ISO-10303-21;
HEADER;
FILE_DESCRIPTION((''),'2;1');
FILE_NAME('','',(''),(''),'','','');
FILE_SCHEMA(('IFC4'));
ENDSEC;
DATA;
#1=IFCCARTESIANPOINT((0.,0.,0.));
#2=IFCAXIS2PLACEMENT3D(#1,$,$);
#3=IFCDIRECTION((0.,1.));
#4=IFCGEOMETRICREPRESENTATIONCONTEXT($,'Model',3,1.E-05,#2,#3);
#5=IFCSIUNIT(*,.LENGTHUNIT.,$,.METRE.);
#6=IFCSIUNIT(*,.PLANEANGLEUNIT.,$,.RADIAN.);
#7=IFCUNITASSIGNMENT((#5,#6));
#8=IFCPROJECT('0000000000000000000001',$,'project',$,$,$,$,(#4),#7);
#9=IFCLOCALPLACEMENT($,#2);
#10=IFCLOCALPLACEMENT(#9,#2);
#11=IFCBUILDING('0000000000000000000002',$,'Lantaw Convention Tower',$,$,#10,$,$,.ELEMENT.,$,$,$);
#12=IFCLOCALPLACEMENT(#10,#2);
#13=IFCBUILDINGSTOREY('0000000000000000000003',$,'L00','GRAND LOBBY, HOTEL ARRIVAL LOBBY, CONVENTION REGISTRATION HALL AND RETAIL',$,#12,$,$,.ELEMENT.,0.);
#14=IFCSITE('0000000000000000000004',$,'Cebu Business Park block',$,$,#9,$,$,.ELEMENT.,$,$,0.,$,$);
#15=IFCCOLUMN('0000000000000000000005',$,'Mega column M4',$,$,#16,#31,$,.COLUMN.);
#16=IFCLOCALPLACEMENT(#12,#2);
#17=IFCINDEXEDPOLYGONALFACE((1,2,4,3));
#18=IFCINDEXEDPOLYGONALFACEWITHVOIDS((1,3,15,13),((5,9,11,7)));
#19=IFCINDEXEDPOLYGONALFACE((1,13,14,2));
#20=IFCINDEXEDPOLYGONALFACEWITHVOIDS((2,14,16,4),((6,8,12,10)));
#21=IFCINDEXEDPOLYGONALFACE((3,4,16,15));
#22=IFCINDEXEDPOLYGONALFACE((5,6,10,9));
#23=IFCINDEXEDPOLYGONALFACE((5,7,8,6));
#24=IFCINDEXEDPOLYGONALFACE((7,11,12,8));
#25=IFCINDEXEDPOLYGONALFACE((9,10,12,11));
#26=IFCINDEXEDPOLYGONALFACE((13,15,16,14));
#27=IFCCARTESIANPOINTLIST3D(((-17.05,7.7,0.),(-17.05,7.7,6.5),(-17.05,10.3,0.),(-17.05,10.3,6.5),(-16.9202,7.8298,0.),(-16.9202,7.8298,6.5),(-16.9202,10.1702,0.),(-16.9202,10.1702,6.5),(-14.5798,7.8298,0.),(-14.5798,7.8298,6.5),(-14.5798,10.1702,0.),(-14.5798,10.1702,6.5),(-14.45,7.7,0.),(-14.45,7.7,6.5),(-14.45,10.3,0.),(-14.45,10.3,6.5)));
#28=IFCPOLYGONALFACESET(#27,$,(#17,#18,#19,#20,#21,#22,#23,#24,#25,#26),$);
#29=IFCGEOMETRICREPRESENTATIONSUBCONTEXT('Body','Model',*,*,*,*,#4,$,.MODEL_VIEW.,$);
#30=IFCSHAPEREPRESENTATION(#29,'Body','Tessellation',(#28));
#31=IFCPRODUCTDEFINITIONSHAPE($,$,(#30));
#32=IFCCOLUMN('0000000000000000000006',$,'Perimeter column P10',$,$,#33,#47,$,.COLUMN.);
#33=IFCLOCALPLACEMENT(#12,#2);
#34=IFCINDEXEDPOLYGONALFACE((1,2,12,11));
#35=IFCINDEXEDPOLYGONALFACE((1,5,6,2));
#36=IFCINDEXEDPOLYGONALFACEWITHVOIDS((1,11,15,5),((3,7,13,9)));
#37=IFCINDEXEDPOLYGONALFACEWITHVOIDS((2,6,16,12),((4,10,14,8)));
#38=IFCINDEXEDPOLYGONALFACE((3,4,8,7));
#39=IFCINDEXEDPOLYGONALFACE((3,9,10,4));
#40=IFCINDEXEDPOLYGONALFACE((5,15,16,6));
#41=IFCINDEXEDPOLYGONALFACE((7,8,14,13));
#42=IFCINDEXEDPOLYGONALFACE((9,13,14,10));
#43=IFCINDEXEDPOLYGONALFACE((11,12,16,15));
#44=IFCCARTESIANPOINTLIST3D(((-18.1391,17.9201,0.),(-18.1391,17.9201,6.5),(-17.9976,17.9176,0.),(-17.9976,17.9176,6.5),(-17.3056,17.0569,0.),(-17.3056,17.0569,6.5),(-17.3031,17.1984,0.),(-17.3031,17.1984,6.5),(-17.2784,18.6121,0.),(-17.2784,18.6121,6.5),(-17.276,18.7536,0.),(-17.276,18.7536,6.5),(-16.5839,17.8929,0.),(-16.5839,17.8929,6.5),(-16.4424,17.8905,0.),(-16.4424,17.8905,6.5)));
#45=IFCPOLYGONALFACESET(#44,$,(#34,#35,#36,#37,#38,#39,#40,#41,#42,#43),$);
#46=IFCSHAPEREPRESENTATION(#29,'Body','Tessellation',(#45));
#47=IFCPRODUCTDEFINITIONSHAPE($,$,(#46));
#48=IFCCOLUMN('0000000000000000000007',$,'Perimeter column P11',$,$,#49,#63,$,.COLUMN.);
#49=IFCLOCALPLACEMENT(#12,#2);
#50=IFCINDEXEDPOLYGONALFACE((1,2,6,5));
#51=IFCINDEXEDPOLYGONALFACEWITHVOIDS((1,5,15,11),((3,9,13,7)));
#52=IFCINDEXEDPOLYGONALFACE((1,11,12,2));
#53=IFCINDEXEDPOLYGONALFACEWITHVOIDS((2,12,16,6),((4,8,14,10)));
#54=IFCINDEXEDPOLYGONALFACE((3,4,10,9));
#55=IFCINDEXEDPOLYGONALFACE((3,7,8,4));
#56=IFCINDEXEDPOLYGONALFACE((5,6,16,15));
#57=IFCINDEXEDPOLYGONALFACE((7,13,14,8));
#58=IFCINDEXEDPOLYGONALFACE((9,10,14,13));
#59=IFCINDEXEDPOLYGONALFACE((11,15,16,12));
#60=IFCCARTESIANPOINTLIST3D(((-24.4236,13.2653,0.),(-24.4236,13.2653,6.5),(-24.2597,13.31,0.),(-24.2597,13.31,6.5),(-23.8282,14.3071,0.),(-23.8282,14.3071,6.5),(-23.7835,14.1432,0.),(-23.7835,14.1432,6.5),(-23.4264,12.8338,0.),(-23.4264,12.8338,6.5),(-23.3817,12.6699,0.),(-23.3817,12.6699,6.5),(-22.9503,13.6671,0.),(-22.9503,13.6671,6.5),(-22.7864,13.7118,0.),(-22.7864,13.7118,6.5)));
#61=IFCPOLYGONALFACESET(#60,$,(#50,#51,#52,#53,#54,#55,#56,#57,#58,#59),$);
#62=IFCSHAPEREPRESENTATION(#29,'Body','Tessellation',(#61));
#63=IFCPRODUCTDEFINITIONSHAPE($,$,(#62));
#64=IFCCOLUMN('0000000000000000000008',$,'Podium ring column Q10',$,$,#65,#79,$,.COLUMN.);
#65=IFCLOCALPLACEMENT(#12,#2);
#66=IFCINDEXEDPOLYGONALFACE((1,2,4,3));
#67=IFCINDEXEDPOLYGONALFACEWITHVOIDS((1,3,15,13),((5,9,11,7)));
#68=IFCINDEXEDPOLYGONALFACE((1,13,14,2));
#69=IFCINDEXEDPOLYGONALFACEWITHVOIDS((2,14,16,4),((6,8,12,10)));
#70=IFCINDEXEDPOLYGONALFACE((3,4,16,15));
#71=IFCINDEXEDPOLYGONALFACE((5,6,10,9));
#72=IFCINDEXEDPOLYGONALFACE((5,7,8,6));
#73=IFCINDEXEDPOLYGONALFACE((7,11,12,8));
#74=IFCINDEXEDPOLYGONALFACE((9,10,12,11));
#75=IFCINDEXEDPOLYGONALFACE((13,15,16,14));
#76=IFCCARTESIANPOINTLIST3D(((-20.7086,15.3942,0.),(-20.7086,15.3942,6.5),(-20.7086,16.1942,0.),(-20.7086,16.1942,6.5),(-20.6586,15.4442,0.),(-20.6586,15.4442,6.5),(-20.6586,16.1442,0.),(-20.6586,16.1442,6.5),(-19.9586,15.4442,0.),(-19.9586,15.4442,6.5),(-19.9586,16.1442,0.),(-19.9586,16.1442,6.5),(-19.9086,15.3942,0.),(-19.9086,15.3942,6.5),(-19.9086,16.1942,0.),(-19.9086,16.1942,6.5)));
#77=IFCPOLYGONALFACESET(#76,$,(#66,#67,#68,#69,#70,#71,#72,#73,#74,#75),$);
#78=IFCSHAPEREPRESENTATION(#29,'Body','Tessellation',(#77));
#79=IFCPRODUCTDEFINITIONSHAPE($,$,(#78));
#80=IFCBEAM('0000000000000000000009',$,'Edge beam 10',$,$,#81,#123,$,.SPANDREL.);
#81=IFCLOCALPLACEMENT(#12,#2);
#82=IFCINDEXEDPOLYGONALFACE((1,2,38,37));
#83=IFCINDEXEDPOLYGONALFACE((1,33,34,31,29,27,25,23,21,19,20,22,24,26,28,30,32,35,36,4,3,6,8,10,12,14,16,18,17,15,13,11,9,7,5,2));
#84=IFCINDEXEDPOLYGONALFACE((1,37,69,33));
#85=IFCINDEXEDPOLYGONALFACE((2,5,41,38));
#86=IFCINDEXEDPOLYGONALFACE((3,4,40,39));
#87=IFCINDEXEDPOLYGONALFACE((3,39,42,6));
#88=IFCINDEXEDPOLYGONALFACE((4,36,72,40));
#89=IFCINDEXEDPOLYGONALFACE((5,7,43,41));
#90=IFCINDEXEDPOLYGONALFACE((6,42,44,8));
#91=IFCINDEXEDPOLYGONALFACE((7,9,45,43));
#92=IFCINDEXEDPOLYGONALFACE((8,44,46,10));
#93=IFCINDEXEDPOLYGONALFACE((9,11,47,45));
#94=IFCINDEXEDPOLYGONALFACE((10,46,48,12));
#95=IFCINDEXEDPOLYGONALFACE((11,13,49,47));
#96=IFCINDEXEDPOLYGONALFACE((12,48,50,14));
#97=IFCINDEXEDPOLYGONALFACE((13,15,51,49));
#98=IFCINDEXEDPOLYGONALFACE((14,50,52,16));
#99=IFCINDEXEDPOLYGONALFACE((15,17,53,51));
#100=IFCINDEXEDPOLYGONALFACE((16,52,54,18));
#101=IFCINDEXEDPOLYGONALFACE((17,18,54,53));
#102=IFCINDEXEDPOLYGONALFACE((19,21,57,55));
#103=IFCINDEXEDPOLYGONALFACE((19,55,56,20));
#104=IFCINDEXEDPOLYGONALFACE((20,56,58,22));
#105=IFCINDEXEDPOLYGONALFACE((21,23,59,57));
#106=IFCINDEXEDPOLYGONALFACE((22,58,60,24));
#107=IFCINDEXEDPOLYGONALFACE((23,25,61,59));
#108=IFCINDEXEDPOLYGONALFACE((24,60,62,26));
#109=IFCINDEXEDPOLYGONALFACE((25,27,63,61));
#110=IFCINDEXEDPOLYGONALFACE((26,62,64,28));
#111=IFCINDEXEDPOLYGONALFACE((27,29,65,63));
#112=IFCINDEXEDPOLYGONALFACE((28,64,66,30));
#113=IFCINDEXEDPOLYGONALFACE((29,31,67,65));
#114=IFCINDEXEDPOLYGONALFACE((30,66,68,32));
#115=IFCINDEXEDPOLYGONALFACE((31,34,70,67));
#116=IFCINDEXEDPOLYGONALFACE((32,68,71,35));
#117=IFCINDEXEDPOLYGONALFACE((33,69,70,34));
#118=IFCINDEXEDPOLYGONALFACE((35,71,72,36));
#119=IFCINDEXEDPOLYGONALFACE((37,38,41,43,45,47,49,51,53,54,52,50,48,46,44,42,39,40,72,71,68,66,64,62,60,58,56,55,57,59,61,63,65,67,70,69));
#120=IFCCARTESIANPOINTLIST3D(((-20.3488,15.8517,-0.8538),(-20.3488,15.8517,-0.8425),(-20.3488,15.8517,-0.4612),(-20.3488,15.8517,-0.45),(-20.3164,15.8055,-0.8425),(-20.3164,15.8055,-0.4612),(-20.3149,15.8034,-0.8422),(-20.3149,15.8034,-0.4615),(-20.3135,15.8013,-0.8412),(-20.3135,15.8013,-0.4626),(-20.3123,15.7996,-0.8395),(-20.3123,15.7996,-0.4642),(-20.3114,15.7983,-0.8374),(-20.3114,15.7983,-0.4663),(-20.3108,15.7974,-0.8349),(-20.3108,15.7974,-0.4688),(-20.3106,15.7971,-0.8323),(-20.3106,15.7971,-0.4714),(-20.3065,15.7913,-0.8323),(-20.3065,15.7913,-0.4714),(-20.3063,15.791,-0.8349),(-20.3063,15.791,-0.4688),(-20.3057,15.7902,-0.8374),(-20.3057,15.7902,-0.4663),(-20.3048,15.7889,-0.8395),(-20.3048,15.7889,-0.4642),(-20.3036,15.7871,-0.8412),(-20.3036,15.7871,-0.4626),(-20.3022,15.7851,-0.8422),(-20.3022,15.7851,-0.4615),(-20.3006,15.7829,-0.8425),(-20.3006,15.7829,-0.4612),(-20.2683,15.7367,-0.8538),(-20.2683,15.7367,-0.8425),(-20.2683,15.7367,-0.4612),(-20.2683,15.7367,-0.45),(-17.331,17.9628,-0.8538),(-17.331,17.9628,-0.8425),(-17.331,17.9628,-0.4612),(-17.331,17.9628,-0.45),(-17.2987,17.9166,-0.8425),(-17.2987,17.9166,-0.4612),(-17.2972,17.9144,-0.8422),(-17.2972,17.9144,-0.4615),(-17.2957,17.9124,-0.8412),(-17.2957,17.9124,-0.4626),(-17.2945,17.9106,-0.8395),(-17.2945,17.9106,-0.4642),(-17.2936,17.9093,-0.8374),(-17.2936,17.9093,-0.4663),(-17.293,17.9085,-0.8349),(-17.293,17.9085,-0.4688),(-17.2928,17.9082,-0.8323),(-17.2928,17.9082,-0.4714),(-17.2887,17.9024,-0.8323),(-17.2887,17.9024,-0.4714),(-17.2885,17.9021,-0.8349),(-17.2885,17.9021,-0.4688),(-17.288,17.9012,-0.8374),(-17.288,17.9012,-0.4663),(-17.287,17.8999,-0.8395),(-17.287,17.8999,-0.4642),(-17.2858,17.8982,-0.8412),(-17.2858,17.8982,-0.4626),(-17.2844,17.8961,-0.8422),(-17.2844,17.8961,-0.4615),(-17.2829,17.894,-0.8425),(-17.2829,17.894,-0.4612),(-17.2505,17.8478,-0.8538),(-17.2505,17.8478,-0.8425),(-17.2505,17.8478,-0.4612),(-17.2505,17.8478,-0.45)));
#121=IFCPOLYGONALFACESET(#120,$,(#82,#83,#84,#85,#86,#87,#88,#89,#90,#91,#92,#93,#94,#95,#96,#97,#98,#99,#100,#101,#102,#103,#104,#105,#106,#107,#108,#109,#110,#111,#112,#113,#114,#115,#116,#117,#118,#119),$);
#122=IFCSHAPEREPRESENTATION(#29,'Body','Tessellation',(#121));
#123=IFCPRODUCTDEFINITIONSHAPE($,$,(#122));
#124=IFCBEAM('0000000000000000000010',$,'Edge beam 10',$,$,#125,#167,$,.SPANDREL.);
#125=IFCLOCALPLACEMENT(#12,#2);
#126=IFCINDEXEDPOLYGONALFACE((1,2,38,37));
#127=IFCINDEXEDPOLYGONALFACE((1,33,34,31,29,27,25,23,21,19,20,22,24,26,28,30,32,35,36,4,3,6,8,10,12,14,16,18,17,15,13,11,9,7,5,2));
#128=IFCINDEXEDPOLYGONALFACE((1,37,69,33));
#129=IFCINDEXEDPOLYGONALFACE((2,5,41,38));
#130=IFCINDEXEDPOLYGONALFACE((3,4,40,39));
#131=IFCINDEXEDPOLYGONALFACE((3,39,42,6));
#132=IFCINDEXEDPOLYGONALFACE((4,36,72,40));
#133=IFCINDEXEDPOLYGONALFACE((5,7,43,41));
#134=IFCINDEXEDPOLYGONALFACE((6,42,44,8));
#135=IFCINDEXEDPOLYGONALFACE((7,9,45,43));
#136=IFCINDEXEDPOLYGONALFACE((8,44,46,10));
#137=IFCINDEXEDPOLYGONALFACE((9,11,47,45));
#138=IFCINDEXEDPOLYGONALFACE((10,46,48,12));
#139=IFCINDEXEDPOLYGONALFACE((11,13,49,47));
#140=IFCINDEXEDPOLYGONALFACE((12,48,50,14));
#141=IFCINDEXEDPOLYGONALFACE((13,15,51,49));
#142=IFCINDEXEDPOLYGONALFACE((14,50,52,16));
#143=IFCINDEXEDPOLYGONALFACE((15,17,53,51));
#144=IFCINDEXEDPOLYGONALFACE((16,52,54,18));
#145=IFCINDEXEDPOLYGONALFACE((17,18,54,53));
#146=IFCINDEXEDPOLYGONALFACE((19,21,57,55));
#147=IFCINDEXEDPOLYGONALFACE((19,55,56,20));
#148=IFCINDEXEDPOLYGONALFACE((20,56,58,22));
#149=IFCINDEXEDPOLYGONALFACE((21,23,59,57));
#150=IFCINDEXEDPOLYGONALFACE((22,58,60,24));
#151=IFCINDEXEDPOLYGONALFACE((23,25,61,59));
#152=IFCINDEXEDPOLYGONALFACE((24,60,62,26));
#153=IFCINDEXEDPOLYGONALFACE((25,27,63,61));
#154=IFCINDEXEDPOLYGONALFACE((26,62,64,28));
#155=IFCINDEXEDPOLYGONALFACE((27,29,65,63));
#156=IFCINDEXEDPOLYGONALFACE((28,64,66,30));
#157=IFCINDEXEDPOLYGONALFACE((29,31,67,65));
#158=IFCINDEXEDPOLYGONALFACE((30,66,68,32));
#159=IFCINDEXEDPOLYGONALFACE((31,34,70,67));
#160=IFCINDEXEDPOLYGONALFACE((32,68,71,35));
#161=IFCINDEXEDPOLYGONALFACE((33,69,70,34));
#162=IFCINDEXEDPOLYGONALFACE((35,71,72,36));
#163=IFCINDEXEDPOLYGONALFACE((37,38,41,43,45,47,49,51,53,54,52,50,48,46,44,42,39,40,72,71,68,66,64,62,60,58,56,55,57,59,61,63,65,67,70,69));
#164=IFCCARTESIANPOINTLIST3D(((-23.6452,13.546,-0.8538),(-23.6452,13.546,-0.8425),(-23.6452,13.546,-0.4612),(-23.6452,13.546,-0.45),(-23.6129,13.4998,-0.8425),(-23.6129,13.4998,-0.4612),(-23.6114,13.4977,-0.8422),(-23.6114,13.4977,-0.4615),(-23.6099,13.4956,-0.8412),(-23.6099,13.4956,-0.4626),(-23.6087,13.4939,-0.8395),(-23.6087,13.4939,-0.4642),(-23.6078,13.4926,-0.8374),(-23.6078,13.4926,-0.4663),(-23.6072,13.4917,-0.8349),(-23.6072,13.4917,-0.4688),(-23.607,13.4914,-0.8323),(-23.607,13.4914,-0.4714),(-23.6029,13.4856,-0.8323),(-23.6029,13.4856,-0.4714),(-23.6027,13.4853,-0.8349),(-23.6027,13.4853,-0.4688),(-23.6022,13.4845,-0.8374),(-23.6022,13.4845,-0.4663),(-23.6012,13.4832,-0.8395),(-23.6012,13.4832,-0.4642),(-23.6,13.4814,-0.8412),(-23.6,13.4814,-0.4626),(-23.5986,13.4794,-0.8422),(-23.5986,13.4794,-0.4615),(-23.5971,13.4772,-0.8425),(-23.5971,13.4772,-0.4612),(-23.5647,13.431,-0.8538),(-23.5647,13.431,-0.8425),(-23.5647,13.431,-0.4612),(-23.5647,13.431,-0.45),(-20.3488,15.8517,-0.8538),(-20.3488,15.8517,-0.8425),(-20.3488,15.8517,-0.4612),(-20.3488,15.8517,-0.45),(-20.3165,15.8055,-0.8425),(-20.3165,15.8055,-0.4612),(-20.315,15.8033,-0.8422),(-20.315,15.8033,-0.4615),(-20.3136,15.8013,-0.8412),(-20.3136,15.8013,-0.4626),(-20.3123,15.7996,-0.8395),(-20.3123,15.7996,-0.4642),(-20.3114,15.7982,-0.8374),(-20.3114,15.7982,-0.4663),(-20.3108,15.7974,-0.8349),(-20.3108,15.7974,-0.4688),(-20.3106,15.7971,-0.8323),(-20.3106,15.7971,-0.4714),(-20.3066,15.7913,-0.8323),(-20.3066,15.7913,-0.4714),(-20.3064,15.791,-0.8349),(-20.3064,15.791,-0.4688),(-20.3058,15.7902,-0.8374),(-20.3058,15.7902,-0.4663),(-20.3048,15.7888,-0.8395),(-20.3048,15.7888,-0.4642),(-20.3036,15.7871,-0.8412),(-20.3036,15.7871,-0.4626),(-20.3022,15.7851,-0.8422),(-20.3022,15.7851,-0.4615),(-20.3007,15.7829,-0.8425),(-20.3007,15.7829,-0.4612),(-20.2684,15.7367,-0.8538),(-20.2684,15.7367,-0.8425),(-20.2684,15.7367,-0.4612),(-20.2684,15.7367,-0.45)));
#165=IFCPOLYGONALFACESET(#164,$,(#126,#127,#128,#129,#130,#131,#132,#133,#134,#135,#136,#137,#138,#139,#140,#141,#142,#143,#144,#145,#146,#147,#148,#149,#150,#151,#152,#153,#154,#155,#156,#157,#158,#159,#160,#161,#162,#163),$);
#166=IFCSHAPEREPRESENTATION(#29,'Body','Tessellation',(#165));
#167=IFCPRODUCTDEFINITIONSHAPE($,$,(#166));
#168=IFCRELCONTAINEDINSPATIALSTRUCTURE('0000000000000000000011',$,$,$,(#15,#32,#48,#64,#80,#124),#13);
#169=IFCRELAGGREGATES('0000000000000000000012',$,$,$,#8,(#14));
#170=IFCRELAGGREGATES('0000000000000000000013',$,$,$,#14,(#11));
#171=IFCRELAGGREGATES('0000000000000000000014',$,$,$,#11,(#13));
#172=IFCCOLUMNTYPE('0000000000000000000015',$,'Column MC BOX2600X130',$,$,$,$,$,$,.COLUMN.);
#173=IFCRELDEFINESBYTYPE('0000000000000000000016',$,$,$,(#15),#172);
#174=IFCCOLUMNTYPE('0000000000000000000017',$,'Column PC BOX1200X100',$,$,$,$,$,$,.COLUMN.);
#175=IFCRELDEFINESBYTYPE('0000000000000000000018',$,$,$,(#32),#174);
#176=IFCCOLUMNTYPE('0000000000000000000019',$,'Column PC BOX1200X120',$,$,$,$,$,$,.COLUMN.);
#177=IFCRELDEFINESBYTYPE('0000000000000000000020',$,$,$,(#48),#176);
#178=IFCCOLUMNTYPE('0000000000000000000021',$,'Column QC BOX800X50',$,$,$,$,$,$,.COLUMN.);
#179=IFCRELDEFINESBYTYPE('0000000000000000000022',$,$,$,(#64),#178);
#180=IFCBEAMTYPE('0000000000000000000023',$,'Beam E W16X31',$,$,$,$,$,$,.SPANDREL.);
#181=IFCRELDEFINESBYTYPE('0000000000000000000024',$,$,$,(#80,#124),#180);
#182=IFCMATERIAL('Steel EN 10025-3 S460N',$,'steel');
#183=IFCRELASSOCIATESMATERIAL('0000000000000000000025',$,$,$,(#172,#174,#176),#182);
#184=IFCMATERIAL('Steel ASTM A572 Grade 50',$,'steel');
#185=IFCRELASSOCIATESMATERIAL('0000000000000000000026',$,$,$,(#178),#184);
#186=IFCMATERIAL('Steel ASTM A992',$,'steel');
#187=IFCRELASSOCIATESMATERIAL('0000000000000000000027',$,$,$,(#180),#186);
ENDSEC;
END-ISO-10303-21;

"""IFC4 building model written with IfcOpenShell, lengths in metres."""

from ifc_helpers import new_model, si_unit, direction, frame, origin, origin_2d, place, context, subcontext, project, spatial, rectangle, hollow_rectangle, i_section, extrude, material, material_profile, profile_set, type_object, element, save


model = new_model("IFC4")

# Units and contexts
model_context = context("Model", 3, precision=1e-05, world=origin(), true_north=direction((0.0, 1.0)))
body_context = subcontext(model_context, "Body", "Model", "MODEL_VIEW")
ifc_project = project(units=[si_unit("LENGTHUNIT", "METRE"), si_unit("PLANEANGLEUNIT", "RADIAN")], contexts=[model_context])

# Site, building, storey
site_placement = place(None, origin())
site = spatial("IfcSite", under=ifc_project, at=site_placement, Name="Cebu Business Park block", CompositionType="ELEMENT", RefElevation=0.0)
building_placement = place(site_placement, origin())
building = spatial("IfcBuilding", under=site, at=building_placement, Name="Lantaw Convention Tower", CompositionType="ELEMENT")
storey_placement = place(building_placement, origin())
storey = spatial("IfcBuildingStorey", under=building, at=storey_placement, Name="L00", Description="GRAND LOBBY, HOTEL ARRIVAL LOBBY, CONVENTION REGISTRATION HALL AND RETAIL", CompositionType="ELEMENT", Elevation=0.0)

# Columns
ifc_material_1 = material(Name="Steel EN 10025-3 S460N", Category="steel")
ifc_material_profile_1 = material_profile(ifc_material_1, hollow_rectangle(XDim=2.6001, YDim=2.6001, WallThickness=0.1299, at=origin_2d()), Name="BOX2600X130")
ifc_material_2 = material(Name="Concrete C60/75", Category="concrete")
ifc_material_profile_2 = material_profile(ifc_material_2, rectangle(XDim=2.3401, YDim=2.3401, at=origin_2d()), Name="Concrete fill of BOX2600X130")
ifc_profile_set_1 = profile_set([ifc_material_profile_1, ifc_material_profile_2], Name="Steel EN 10025-3 S460N")
column_type_1 = type_object("IfcColumnType", Name="Column MC BOX2600X130", PredefinedType="COLUMN", material=ifc_profile_set_1)
column_1_placement = place(storey_placement, frame((-15.75, 9.0, 0.0), z_axis=(0.0, 0.0, 1.0), x_axis=(1.0, 0.0, 0.0)))
element("IfcColumn", 1, at=column_1_placement, inside=storey, type_object=column_type_1, Name="Mega column M4", PredefinedType="COLUMN", context=body_context, shape_type="SweptSolid", body=[
    extrude(hollow_rectangle(XDim=2.6001, YDim=2.6001, WallThickness=0.1299, at=origin_2d()), origin(), (0.0, 0.0, 1.0), 6.5),
])
ifc_material_profile_3 = material_profile(ifc_material_1, hollow_rectangle(XDim=1.2, YDim=1.2, WallThickness=0.1001, at=origin_2d()), Name="BOX1200X100")
ifc_material_profile_4 = material_profile(ifc_material_2, rectangle(XDim=1.0, YDim=1.0, at=origin_2d()), Name="Concrete fill of BOX1200X100")
ifc_profile_set_2 = profile_set([ifc_material_profile_3, ifc_material_profile_4], Name="Steel EN 10025-3 S460N")
column_type_2 = type_object("IfcColumnType", Name="Column PC BOX1200X100", PredefinedType="COLUMN", material=ifc_profile_set_2)
column_2_placement = place(storey_placement, frame((-17.2908, 17.9053, 0.0), z_axis=(0.0, 0.0, 1.0), x_axis=(0.71934, 0.694658, 0.0)))
element("IfcColumn", 2, at=column_2_placement, inside=storey, type_object=column_type_2, Name="Perimeter column P10", PredefinedType="COLUMN", context=body_context, shape_type="SweptSolid", body=[
    extrude(hollow_rectangle(XDim=1.2, YDim=1.2, WallThickness=0.1001, at=origin_2d()), origin(), (0.0, 0.0, 1.0), 6.5),
])
ifc_material_profile_5 = material_profile(ifc_material_1, hollow_rectangle(XDim=1.2, YDim=1.2, WallThickness=0.1201, at=origin_2d()), Name="BOX1200X120")
ifc_material_profile_6 = material_profile(ifc_material_2, rectangle(XDim=0.96, YDim=0.96, at=origin_2d()), Name="Concrete fill of BOX1200X120")
ifc_profile_set_3 = profile_set([ifc_material_profile_5, ifc_material_profile_6], Name="Steel EN 10025-3 S460N")
column_type_3 = type_object("IfcColumnType", Name="Column PC BOX1200X120", PredefinedType="COLUMN", material=ifc_profile_set_3)
column_3_placement = place(storey_placement, frame((-23.605, 13.4885, 0.0), z_axis=(0.0, 0.0, 1.0), x_axis=(0.496139, 0.868243, 0.0)))
element("IfcColumn", 3, at=column_3_placement, inside=storey, type_object=column_type_3, Name="Perimeter column P11", PredefinedType="COLUMN", context=body_context, shape_type="SweptSolid", body=[
    extrude(hollow_rectangle(XDim=1.2, YDim=1.2, WallThickness=0.1201, at=origin_2d()), origin(), (0.0, 0.0, 1.0), 6.5),
])
ifc_material_3 = material(Name="Steel ASTM A572 Grade 50", Category="steel")
ifc_material_profile_7 = material_profile(ifc_material_3, hollow_rectangle(XDim=0.8, YDim=0.8, WallThickness=0.05, at=origin_2d()), Name="BOX800X50")
ifc_profile_set_4 = profile_set([ifc_material_profile_7], Name="Steel ASTM A572 Grade 50")
column_type_4 = type_object("IfcColumnType", Name="Column QC BOX800X50", PredefinedType="COLUMN", material=ifc_profile_set_4)
column_4_placement = place(storey_placement, frame((-20.3086, 15.7942, 0.0), z_axis=(0.0, 0.0, 1.0), x_axis=(1.0, 0.0, 0.0)))
element("IfcColumn", 4, at=column_4_placement, inside=storey, type_object=column_type_4, Name="Podium ring column Q10", PredefinedType="COLUMN", context=body_context, shape_type="SweptSolid", body=[
    extrude(hollow_rectangle(XDim=0.8, YDim=0.8, WallThickness=0.05, at=origin_2d()), origin(), (0.0, 0.0, 1.0), 6.5),
])

# Beams
ifc_material_4 = material(Name="Steel ASTM A992", Category="steel")
ifc_material_profile_8 = material_profile(ifc_material_4, i_section(OverallWidth=0.1404, OverallDepth=0.4038, WebThickness=0.0071, FlangeThickness=0.0112, FilletRadius=0.0103, at=origin_2d()), Name="W16X31")
ifc_profile_set_5 = profile_set([ifc_material_profile_8], Name="Steel ASTM A992")
beam_type_1 = type_object("IfcBeamType", Name="Beam E W16X31", PredefinedType="SPANDREL", material=ifc_profile_set_5)
beam_1_placement = place(storey_placement, frame((-17.2908, 17.9053, -0.6519), z_axis=(-0.819409, -0.573209, 0.0), x_axis=(0.573209, -0.819409, 0.0)))
element("IfcBeam", 5, at=beam_1_placement, inside=storey, type_object=beam_type_1, Name="Edge beam 10", PredefinedType="SPANDREL", context=body_context, shape_type="SweptSolid", body=[
    extrude(i_section(OverallWidth=0.1404, OverallDepth=0.4038, WebThickness=0.0071, FlangeThickness=0.0112, FilletRadius=0.0103, at=origin_2d()), origin(), (0.0, 0.0, 1.0), 3.6829),
])
beam_2_placement = place(storey_placement, frame((-20.3086, 15.7942, -0.6519), z_axis=(-0.819443, -0.573161, 0.0), x_axis=(0.573161, -0.819443, 0.0)))
element("IfcBeam", 6, at=beam_2_placement, inside=storey, type_object=beam_type_1, Name="Edge beam 10", PredefinedType="SPANDREL", context=body_context, shape_type="SweptSolid", body=[
    extrude(i_section(OverallWidth=0.1404, OverallDepth=0.4038, WebThickness=0.0071, FlangeThickness=0.0112, FilletRadius=0.0103, at=origin_2d()), origin(), (0.0, 0.0, 1.0), 4.0227),
])

save(model, "model.ifc")
